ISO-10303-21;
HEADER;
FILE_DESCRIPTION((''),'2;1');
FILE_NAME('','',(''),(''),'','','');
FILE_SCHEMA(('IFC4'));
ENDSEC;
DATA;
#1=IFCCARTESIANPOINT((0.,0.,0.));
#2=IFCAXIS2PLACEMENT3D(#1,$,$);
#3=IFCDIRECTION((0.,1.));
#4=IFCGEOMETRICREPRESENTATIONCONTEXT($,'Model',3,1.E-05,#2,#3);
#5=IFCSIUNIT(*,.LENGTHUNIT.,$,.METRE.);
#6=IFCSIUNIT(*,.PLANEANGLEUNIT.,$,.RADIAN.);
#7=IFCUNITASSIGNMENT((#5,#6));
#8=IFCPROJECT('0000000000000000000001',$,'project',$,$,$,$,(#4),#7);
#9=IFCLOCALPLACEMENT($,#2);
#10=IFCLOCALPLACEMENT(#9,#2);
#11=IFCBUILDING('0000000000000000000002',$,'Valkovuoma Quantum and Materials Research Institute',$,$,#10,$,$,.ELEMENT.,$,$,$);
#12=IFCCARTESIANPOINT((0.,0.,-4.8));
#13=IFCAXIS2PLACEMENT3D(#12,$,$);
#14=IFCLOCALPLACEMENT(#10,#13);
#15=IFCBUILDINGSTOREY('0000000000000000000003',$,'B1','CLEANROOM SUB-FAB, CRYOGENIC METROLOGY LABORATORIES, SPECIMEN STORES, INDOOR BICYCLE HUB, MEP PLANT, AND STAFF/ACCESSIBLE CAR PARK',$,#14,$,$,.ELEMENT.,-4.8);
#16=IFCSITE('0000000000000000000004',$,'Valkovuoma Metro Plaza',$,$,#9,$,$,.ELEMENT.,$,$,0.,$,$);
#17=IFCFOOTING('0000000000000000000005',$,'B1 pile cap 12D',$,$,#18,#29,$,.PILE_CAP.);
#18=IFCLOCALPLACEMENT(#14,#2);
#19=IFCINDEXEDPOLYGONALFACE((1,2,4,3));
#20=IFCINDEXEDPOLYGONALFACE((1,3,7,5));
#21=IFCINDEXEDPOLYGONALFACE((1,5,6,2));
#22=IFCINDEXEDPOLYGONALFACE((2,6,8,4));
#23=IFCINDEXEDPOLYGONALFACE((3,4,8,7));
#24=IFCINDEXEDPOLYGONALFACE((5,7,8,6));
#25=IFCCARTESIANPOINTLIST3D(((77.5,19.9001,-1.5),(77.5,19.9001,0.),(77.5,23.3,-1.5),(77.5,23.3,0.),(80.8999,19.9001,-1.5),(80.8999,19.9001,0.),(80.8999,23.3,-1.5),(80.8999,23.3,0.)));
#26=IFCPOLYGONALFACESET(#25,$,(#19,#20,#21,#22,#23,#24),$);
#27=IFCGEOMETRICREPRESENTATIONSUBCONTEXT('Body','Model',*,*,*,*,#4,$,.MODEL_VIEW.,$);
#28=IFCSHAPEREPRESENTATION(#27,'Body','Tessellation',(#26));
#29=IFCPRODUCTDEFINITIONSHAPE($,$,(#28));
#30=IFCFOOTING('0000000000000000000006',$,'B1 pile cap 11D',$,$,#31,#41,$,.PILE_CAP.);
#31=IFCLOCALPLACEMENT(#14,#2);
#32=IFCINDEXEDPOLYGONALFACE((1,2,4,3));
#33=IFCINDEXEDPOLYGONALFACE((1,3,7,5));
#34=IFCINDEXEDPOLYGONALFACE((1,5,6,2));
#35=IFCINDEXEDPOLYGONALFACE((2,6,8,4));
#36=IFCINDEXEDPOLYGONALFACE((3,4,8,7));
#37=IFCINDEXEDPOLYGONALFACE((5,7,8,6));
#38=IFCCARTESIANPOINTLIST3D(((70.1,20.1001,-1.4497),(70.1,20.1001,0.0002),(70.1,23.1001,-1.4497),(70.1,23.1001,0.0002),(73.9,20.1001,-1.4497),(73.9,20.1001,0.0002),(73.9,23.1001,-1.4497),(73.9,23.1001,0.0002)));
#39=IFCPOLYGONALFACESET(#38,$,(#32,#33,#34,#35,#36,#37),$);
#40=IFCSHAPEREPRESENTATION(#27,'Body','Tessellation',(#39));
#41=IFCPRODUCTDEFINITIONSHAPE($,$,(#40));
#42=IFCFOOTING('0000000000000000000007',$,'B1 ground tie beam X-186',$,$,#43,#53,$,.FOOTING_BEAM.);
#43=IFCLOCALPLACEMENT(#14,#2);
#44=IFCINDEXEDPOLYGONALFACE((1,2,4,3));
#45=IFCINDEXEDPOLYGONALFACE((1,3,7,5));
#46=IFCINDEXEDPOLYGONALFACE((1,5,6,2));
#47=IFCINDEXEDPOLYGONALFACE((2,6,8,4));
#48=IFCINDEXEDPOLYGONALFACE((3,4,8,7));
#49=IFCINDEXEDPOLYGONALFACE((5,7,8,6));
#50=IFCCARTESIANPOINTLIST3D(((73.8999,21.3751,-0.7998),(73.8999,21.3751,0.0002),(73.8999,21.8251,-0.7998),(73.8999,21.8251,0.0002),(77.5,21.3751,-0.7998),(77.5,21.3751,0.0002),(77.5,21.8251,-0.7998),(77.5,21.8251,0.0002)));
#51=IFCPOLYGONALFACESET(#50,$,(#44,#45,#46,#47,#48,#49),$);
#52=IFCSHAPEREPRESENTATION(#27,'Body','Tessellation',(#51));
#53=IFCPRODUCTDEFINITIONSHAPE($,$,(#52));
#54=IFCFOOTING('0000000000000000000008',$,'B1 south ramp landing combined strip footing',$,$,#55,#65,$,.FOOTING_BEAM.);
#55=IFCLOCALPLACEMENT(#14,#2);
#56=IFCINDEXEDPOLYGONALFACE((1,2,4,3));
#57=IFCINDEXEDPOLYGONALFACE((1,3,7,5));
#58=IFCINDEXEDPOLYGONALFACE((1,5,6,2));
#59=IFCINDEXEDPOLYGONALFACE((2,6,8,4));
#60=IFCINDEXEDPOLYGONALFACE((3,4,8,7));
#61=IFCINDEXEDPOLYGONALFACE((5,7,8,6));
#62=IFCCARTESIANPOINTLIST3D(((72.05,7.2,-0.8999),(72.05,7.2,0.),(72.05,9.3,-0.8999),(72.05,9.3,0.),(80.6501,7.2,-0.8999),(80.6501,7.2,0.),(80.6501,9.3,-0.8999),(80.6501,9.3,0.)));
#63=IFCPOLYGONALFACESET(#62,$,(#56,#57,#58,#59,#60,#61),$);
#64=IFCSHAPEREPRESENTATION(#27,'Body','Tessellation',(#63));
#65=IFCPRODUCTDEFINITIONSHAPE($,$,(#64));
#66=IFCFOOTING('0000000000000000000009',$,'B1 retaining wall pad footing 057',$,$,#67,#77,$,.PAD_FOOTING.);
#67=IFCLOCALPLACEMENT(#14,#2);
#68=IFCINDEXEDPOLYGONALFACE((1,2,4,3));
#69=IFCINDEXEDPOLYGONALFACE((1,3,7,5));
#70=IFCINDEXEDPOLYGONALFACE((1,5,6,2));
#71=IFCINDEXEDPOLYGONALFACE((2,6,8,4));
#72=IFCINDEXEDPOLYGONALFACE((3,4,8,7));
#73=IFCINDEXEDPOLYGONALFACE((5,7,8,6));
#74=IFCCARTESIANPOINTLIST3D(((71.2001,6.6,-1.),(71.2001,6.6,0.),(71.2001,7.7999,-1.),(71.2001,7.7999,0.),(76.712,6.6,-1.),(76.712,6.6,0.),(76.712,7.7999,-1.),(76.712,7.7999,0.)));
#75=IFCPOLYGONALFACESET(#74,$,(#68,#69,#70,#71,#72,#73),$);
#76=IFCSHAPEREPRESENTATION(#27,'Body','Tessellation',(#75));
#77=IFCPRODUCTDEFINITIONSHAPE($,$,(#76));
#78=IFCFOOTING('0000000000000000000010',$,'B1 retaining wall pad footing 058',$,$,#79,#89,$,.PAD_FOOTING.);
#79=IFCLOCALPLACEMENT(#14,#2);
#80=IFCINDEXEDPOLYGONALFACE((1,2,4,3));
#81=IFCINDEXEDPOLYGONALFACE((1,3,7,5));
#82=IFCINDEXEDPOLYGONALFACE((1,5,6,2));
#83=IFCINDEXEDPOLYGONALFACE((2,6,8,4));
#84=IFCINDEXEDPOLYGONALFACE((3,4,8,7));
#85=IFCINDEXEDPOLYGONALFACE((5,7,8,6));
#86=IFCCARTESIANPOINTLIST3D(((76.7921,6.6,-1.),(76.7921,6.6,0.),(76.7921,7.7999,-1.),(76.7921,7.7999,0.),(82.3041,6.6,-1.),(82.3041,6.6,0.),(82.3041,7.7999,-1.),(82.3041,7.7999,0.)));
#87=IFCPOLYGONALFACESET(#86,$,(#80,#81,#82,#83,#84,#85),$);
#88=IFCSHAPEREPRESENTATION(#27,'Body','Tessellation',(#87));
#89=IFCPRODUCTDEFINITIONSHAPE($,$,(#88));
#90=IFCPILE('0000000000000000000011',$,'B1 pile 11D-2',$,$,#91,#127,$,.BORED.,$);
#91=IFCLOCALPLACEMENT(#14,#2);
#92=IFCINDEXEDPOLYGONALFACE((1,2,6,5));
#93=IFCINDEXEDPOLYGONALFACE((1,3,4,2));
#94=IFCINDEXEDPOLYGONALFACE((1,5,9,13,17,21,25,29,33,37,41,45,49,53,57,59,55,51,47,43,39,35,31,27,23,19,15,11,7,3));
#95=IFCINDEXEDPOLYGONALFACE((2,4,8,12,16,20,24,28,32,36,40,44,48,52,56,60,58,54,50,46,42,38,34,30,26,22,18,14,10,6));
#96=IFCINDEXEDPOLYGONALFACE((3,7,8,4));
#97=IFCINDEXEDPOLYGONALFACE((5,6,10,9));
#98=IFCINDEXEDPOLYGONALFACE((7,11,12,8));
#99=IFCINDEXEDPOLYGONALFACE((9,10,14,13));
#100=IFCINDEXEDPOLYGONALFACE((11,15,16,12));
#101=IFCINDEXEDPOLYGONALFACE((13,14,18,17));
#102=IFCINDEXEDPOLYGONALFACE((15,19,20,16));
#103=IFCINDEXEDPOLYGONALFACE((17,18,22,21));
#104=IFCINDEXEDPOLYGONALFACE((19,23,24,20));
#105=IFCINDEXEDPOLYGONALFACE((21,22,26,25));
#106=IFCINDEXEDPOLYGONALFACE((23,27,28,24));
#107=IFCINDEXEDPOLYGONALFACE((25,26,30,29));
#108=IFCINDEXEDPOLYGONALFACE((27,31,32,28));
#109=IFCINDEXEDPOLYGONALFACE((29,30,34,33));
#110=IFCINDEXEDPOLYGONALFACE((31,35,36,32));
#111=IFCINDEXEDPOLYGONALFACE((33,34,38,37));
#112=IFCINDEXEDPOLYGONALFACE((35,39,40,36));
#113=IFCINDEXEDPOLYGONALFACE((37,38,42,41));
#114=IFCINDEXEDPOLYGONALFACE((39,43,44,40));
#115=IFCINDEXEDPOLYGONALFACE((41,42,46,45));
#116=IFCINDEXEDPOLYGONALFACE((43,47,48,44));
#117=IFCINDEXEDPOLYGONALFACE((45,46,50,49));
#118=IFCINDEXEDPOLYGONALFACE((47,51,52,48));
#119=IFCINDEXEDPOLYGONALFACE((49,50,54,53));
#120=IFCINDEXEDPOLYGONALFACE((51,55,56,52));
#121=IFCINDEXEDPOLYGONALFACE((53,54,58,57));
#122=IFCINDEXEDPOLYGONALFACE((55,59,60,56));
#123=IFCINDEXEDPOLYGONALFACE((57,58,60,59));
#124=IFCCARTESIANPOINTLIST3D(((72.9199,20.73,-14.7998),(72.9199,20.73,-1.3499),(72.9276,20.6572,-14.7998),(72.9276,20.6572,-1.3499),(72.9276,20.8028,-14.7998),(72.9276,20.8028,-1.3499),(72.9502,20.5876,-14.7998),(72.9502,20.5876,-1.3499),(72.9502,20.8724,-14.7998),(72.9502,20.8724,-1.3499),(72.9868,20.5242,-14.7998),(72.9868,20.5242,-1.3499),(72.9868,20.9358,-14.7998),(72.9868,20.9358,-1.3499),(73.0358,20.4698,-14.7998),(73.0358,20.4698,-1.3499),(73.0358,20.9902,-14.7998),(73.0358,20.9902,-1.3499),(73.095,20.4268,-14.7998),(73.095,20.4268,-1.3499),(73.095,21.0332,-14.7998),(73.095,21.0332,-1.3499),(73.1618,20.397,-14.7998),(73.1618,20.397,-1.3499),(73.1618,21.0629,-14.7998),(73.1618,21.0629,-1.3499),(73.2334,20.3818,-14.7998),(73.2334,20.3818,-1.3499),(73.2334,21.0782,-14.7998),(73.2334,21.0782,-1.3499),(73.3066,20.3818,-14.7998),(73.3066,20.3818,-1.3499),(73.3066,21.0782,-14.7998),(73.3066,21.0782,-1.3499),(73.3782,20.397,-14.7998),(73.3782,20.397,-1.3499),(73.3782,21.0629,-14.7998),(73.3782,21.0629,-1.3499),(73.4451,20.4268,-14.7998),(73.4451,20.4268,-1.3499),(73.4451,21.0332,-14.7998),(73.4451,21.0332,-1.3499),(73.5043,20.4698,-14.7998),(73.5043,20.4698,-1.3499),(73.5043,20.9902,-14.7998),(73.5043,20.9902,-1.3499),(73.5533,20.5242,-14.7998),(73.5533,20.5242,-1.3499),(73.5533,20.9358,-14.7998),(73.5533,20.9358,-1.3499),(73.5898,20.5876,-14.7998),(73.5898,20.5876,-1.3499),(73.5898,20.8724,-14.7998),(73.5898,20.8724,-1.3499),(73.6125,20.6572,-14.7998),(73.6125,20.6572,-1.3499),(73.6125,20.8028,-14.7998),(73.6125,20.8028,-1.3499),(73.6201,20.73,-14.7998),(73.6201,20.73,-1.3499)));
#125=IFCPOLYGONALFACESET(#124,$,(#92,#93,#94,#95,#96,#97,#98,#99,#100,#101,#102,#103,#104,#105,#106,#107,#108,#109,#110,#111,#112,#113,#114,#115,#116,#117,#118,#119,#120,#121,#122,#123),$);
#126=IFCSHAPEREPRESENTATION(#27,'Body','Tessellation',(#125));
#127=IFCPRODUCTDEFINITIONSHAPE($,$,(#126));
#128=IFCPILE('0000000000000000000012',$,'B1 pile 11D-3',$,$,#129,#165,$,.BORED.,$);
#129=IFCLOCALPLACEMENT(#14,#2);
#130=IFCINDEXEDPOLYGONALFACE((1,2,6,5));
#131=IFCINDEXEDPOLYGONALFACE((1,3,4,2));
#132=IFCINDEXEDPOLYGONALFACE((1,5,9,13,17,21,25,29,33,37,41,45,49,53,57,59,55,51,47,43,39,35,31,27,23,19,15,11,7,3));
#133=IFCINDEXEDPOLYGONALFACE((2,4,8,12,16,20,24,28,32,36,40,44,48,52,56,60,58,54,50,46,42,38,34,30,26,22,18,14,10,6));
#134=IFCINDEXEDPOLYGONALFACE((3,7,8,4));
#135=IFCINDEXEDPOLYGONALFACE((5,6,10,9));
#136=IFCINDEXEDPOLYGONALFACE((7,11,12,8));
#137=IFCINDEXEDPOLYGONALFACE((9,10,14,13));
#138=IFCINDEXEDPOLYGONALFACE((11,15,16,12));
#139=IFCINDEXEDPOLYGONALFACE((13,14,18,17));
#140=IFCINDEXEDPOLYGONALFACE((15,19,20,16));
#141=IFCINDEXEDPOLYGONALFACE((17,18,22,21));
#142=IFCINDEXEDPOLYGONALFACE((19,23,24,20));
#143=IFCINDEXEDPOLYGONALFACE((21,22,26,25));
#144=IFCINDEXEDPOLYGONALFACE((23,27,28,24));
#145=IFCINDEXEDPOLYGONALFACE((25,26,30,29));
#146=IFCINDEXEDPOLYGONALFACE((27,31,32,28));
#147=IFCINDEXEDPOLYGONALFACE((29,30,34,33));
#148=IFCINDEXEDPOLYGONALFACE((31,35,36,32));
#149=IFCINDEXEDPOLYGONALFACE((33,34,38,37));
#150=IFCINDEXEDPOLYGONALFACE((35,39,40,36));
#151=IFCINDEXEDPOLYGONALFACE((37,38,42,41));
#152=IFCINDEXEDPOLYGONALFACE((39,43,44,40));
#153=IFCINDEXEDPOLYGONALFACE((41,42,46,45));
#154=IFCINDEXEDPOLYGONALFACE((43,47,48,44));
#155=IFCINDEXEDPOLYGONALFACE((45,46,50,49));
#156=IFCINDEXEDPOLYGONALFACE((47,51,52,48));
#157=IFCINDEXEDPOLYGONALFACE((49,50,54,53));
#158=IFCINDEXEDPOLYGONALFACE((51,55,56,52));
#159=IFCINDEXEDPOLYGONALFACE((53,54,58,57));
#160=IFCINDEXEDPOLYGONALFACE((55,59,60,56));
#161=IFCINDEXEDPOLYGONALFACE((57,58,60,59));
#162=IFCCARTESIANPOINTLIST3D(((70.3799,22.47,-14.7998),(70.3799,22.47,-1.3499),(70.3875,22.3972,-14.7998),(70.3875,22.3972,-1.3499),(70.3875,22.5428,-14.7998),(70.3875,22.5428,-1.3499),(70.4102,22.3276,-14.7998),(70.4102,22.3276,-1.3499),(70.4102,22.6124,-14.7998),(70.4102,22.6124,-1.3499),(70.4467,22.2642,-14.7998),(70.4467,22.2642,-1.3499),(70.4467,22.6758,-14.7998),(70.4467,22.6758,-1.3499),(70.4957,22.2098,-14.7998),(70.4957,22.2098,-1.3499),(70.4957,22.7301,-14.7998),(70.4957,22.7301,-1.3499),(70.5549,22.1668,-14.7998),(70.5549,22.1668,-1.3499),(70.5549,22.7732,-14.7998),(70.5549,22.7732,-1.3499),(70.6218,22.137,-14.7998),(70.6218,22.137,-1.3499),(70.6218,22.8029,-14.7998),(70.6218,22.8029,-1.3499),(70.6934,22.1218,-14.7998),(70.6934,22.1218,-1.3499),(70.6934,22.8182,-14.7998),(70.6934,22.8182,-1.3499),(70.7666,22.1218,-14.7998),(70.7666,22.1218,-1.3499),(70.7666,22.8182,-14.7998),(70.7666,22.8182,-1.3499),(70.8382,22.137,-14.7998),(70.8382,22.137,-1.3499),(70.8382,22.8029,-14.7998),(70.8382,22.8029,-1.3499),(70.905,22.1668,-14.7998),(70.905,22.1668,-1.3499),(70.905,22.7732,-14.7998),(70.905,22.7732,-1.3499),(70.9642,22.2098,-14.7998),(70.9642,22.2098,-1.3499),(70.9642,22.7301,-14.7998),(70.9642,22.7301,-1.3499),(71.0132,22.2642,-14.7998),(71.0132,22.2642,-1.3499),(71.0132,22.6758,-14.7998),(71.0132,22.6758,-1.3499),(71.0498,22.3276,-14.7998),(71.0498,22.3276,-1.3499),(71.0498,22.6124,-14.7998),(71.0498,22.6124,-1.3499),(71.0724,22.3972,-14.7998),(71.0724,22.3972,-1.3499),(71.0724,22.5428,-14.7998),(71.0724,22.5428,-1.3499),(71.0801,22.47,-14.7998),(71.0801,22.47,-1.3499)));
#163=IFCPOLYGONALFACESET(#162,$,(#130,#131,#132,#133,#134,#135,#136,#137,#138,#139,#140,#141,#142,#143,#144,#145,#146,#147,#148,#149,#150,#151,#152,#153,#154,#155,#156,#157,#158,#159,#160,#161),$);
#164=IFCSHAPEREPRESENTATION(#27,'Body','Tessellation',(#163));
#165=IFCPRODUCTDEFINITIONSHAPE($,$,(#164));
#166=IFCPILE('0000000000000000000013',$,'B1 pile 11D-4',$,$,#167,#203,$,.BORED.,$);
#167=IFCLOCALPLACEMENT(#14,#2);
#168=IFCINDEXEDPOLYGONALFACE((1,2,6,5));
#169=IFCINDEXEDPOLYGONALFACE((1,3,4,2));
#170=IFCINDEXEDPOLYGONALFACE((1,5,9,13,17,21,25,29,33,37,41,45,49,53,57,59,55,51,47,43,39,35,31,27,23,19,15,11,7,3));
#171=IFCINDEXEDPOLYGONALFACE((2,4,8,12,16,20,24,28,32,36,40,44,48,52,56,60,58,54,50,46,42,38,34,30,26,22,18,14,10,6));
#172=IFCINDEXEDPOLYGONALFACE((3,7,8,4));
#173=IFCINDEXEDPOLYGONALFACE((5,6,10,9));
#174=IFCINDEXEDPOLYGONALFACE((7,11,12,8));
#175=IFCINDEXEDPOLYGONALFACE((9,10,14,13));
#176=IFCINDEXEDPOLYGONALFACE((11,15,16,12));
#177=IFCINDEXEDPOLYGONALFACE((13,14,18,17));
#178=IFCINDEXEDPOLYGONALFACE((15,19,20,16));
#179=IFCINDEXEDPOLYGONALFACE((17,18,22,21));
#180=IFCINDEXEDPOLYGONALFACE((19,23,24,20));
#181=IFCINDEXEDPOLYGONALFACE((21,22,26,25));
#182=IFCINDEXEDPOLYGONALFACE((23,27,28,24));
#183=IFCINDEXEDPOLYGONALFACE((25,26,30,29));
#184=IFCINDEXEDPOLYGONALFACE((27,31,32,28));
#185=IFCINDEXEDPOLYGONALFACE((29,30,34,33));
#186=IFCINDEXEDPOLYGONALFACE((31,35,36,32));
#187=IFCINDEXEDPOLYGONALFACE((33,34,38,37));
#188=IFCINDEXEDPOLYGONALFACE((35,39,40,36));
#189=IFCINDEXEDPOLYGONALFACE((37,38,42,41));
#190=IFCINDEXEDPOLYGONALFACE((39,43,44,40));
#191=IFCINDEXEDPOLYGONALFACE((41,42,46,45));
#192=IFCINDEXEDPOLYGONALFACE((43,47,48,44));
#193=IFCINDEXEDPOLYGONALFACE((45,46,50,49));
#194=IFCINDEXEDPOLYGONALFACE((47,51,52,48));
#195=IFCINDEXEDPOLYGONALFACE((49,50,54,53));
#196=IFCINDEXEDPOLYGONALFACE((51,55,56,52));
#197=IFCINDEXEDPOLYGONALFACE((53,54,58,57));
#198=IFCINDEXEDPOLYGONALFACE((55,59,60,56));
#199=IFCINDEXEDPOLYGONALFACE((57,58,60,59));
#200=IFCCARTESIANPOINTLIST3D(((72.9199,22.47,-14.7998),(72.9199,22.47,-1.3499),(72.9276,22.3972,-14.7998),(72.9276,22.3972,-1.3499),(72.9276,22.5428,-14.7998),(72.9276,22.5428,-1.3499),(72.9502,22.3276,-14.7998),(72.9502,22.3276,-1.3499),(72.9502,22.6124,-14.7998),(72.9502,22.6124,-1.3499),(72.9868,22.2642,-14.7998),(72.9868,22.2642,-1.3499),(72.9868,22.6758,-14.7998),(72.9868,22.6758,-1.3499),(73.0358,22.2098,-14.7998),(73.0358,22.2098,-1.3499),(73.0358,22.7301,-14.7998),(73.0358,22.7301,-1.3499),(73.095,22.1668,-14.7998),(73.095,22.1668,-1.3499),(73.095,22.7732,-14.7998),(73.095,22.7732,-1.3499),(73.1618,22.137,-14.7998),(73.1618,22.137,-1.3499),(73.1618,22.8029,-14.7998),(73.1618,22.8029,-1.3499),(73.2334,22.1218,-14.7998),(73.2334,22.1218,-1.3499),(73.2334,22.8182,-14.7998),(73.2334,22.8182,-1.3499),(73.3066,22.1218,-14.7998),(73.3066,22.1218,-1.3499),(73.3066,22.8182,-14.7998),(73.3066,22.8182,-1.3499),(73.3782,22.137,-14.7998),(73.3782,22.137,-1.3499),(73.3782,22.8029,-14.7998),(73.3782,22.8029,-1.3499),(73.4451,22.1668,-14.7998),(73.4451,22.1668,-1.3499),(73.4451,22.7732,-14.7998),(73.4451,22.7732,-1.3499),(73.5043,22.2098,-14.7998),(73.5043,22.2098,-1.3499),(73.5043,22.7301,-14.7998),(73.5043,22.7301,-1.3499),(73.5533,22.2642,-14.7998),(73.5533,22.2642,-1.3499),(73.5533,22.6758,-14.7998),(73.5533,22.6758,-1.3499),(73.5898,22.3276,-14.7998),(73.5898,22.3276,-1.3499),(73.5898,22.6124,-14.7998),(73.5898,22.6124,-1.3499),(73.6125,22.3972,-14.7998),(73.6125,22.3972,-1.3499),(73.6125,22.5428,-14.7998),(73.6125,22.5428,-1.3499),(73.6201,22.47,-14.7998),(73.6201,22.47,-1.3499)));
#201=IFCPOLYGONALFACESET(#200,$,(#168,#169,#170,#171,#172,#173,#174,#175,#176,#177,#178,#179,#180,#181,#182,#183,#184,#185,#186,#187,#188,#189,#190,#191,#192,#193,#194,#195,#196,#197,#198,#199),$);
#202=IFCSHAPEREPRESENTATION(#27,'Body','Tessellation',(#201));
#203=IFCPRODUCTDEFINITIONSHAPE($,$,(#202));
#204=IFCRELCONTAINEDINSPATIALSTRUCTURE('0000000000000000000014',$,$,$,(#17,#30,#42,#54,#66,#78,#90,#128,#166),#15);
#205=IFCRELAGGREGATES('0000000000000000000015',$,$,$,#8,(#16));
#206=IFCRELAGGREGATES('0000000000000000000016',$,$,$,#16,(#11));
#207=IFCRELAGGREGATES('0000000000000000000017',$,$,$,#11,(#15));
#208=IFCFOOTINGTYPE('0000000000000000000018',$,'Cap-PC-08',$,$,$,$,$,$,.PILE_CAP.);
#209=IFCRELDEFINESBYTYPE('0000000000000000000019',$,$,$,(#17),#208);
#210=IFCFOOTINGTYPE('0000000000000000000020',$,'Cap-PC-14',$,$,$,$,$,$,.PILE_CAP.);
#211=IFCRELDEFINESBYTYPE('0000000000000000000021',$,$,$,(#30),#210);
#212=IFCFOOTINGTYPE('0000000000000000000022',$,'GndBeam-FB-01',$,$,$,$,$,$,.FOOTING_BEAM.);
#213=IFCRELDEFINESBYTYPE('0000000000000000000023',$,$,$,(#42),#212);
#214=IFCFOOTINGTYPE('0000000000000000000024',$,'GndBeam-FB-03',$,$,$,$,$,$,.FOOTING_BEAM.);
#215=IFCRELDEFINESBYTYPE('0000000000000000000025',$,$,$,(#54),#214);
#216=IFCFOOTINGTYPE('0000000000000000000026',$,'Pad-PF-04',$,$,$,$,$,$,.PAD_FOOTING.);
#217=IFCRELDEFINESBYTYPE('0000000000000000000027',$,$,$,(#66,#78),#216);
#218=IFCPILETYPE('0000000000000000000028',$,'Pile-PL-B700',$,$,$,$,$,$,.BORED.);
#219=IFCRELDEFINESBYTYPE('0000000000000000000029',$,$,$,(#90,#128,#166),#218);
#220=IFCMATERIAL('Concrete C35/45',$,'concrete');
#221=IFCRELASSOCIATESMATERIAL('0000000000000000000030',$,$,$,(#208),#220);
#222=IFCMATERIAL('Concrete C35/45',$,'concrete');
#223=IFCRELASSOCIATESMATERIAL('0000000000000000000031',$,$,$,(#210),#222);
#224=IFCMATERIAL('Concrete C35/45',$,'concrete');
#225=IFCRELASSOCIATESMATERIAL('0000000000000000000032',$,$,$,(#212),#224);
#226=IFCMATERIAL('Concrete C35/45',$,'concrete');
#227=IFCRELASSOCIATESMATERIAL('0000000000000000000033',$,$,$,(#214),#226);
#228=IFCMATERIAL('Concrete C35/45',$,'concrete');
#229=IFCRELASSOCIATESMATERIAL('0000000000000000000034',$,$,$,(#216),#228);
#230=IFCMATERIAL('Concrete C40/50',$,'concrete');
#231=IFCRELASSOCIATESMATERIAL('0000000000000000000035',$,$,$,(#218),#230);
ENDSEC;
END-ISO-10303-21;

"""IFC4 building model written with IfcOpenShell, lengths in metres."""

from ifc_helpers import new_model, si_unit, direction, frame, origin, origin_2d, place, context, subcontext, project, spatial, rectangle, circle, extrude, material, material_profile, profile_set, type_object, element, save


model = new_model("IFC4")

# Units and contexts
model_context = context("Model", 3, precision=1e-05, world=origin(), true_north=direction((0.0, 1.0)))
body_context = subcontext(model_context, "Body", "Model", "MODEL_VIEW")
ifc_project = project(units=[si_unit("LENGTHUNIT", "METRE"), si_unit("PLANEANGLEUNIT", "RADIAN")], contexts=[model_context])

# Site, building, storey
site_placement = place(None, origin())
site = spatial("IfcSite", under=ifc_project, at=site_placement, Name="Valkovuoma Metro Plaza", CompositionType="ELEMENT", RefElevation=0.0)
building_placement = place(site_placement, origin())
building = spatial("IfcBuilding", under=site, at=building_placement, Name="Valkovuoma Quantum and Materials Research Institute", CompositionType="ELEMENT")
storey_placement = place(building_placement, frame((0.0, 0.0, -4.8)))
storey = spatial("IfcBuildingStorey", under=building, at=storey_placement, Name="B1", Description="CLEANROOM SUB-FAB, CRYOGENIC METROLOGY LABORATORIES, SPECIMEN STORES, INDOOR BICYCLE HUB, MEP PLANT, AND STAFF/ACCESSIBLE CAR PARK", CompositionType="ELEMENT", Elevation=-4.8)

# Footings
ifc_material_1 = material(Name="Concrete C35/45", Category="concrete")
footing_type_1 = type_object("IfcFootingType", Name="Cap-PC-08", PredefinedType="PILE_CAP", material=ifc_material_1)
footing_1_placement = place(storey_placement, frame((79.2, 21.6001, -1.5), z_axis=(0.0, 0.0, 1.0), x_axis=(1.0, 0.0, 0.0)))
element("IfcFooting", 1, at=footing_1_placement, inside=storey, type_object=footing_type_1, Name="B1 pile cap 12D", PredefinedType="PILE_CAP", context=body_context, shape_type="SweptSolid", body=[
    extrude(rectangle(XDim=3.3999, YDim=3.3999, at=origin_2d()), origin(), (0.0, 0.0, 1.0), 1.5),
])
ifc_material_2 = material(Name="Concrete C35/45", Category="concrete")
footing_type_2 = type_object("IfcFootingType", Name="Cap-PC-14", PredefinedType="PILE_CAP", material=ifc_material_2)
footing_2_placement = place(storey_placement, frame((72.0, 21.6001, -1.4497), z_axis=(0.0, 0.0, 1.0), x_axis=(1.0, 0.0, 0.0)))
element("IfcFooting", 2, at=footing_2_placement, inside=storey, type_object=footing_type_2, Name="B1 pile cap 11D", PredefinedType="PILE_CAP", context=body_context, shape_type="SweptSolid", body=[
    extrude(rectangle(XDim=3.8, YDim=3.0, at=origin_2d()), origin(), (0.0, 0.0, 1.0), 1.45),
])
ifc_material_3 = material(Name="Concrete C35/45", Category="concrete")
footing_type_3 = type_object("IfcFootingType", Name="GndBeam-FB-01", PredefinedType="FOOTING_BEAM", material=ifc_material_3)
footing_3_placement = place(storey_placement, frame((75.7, 21.6001, -0.7998), z_axis=(0.0, 0.0, 1.0), x_axis=(1.0, 0.0, 0.0)))
element("IfcFooting", 3, at=footing_3_placement, inside=storey, type_object=footing_type_3, Name="B1 ground tie beam X-186", PredefinedType="FOOTING_BEAM", context=body_context, shape_type="SweptSolid", body=[
    extrude(rectangle(XDim=3.6001, YDim=0.45, at=origin_2d()), origin(), (0.0, 0.0, 1.0), 0.8),
])
ifc_material_4 = material(Name="Concrete C35/45", Category="concrete")
footing_type_4 = type_object("IfcFootingType", Name="GndBeam-FB-03", PredefinedType="FOOTING_BEAM", material=ifc_material_4)
footing_4_placement = place(storey_placement, frame((76.3501, 8.25, -0.8999), z_axis=(0.0, 0.0, 1.0), x_axis=(1.0, 0.0, 0.0)))
element("IfcFooting", 4, at=footing_4_placement, inside=storey, type_object=footing_type_4, Name="B1 south ramp landing combined strip footing", PredefinedType="FOOTING_BEAM", context=body_context, shape_type="SweptSolid", body=[
    extrude(rectangle(XDim=8.6001, YDim=2.1001, at=origin_2d()), origin(), (0.0, 0.0, 1.0), 0.8999),
])
ifc_material_5 = material(Name="Concrete C35/45", Category="concrete")
footing_type_5 = type_object("IfcFootingType", Name="Pad-PF-04", PredefinedType="PAD_FOOTING", material=ifc_material_5)
for number, where, z_axis, x_axis, name in (
    (5, (73.9561, 7.2, -1.0), (0.0, 0.0, 1.0), (1.0, 0.0, 0.0), "B1 retaining wall pad footing 057"),
    (6, (79.5481, 7.2, -1.0), (0.0, 0.0, 1.0), (1.0, 0.0, 0.0), "B1 retaining wall pad footing 058"),
):
    element("IfcFooting", number, at=place(storey_placement, frame(where, z_axis=z_axis, x_axis=x_axis)), inside=storey, type_object=footing_type_5, Name=name, PredefinedType="PAD_FOOTING", context=body_context, shape_type="SweptSolid", body=[
        extrude(rectangle(XDim=5.512, YDim=1.2, at=origin_2d()), origin(), (0.0, 0.0, 1.0), 1.0),
    ])

# Piles
ifc_material_6 = material(Name="Concrete C40/50", Category="concrete")
ifc_material_profile_1 = material_profile(ifc_material_6, circle(Radius=0.3501, at=origin_2d()), Name="Concrete C40/50")
ifc_profile_set_1 = profile_set([ifc_material_profile_1], Name="Concrete C40/50")
pile_type_1 = type_object("IfcPileType", Name="Pile-PL-B700", PredefinedType="BORED", material=ifc_profile_set_1)
for number, where, z_axis, x_axis, name in (
    (7, (73.27, 20.73, -1.3499), (0.0, 0.0, -1.0), (1.0, 0.0, 0.0), "B1 pile 11D-2"),
    (8, (70.73, 22.47, -1.3499), (0.0, 0.0, -1.0), (1.0, 0.0, 0.0), "B1 pile 11D-3"),
    (9, (73.27, 22.47, -1.3499), (0.0, 0.0, -1.0), (1.0, 0.0, 0.0), "B1 pile 11D-4"),
):
    element("IfcPile", number, at=place(storey_placement, frame(where, z_axis=z_axis, x_axis=x_axis)), inside=storey, type_object=pile_type_1, Name=name, PredefinedType="BORED", context=body_context, shape_type="SweptSolid", body=[
        extrude(circle(Radius=0.3501, at=origin_2d()), origin(), (0.0, 0.0, 1.0), 13.45),
    ])

save(model, "model.ifc")
